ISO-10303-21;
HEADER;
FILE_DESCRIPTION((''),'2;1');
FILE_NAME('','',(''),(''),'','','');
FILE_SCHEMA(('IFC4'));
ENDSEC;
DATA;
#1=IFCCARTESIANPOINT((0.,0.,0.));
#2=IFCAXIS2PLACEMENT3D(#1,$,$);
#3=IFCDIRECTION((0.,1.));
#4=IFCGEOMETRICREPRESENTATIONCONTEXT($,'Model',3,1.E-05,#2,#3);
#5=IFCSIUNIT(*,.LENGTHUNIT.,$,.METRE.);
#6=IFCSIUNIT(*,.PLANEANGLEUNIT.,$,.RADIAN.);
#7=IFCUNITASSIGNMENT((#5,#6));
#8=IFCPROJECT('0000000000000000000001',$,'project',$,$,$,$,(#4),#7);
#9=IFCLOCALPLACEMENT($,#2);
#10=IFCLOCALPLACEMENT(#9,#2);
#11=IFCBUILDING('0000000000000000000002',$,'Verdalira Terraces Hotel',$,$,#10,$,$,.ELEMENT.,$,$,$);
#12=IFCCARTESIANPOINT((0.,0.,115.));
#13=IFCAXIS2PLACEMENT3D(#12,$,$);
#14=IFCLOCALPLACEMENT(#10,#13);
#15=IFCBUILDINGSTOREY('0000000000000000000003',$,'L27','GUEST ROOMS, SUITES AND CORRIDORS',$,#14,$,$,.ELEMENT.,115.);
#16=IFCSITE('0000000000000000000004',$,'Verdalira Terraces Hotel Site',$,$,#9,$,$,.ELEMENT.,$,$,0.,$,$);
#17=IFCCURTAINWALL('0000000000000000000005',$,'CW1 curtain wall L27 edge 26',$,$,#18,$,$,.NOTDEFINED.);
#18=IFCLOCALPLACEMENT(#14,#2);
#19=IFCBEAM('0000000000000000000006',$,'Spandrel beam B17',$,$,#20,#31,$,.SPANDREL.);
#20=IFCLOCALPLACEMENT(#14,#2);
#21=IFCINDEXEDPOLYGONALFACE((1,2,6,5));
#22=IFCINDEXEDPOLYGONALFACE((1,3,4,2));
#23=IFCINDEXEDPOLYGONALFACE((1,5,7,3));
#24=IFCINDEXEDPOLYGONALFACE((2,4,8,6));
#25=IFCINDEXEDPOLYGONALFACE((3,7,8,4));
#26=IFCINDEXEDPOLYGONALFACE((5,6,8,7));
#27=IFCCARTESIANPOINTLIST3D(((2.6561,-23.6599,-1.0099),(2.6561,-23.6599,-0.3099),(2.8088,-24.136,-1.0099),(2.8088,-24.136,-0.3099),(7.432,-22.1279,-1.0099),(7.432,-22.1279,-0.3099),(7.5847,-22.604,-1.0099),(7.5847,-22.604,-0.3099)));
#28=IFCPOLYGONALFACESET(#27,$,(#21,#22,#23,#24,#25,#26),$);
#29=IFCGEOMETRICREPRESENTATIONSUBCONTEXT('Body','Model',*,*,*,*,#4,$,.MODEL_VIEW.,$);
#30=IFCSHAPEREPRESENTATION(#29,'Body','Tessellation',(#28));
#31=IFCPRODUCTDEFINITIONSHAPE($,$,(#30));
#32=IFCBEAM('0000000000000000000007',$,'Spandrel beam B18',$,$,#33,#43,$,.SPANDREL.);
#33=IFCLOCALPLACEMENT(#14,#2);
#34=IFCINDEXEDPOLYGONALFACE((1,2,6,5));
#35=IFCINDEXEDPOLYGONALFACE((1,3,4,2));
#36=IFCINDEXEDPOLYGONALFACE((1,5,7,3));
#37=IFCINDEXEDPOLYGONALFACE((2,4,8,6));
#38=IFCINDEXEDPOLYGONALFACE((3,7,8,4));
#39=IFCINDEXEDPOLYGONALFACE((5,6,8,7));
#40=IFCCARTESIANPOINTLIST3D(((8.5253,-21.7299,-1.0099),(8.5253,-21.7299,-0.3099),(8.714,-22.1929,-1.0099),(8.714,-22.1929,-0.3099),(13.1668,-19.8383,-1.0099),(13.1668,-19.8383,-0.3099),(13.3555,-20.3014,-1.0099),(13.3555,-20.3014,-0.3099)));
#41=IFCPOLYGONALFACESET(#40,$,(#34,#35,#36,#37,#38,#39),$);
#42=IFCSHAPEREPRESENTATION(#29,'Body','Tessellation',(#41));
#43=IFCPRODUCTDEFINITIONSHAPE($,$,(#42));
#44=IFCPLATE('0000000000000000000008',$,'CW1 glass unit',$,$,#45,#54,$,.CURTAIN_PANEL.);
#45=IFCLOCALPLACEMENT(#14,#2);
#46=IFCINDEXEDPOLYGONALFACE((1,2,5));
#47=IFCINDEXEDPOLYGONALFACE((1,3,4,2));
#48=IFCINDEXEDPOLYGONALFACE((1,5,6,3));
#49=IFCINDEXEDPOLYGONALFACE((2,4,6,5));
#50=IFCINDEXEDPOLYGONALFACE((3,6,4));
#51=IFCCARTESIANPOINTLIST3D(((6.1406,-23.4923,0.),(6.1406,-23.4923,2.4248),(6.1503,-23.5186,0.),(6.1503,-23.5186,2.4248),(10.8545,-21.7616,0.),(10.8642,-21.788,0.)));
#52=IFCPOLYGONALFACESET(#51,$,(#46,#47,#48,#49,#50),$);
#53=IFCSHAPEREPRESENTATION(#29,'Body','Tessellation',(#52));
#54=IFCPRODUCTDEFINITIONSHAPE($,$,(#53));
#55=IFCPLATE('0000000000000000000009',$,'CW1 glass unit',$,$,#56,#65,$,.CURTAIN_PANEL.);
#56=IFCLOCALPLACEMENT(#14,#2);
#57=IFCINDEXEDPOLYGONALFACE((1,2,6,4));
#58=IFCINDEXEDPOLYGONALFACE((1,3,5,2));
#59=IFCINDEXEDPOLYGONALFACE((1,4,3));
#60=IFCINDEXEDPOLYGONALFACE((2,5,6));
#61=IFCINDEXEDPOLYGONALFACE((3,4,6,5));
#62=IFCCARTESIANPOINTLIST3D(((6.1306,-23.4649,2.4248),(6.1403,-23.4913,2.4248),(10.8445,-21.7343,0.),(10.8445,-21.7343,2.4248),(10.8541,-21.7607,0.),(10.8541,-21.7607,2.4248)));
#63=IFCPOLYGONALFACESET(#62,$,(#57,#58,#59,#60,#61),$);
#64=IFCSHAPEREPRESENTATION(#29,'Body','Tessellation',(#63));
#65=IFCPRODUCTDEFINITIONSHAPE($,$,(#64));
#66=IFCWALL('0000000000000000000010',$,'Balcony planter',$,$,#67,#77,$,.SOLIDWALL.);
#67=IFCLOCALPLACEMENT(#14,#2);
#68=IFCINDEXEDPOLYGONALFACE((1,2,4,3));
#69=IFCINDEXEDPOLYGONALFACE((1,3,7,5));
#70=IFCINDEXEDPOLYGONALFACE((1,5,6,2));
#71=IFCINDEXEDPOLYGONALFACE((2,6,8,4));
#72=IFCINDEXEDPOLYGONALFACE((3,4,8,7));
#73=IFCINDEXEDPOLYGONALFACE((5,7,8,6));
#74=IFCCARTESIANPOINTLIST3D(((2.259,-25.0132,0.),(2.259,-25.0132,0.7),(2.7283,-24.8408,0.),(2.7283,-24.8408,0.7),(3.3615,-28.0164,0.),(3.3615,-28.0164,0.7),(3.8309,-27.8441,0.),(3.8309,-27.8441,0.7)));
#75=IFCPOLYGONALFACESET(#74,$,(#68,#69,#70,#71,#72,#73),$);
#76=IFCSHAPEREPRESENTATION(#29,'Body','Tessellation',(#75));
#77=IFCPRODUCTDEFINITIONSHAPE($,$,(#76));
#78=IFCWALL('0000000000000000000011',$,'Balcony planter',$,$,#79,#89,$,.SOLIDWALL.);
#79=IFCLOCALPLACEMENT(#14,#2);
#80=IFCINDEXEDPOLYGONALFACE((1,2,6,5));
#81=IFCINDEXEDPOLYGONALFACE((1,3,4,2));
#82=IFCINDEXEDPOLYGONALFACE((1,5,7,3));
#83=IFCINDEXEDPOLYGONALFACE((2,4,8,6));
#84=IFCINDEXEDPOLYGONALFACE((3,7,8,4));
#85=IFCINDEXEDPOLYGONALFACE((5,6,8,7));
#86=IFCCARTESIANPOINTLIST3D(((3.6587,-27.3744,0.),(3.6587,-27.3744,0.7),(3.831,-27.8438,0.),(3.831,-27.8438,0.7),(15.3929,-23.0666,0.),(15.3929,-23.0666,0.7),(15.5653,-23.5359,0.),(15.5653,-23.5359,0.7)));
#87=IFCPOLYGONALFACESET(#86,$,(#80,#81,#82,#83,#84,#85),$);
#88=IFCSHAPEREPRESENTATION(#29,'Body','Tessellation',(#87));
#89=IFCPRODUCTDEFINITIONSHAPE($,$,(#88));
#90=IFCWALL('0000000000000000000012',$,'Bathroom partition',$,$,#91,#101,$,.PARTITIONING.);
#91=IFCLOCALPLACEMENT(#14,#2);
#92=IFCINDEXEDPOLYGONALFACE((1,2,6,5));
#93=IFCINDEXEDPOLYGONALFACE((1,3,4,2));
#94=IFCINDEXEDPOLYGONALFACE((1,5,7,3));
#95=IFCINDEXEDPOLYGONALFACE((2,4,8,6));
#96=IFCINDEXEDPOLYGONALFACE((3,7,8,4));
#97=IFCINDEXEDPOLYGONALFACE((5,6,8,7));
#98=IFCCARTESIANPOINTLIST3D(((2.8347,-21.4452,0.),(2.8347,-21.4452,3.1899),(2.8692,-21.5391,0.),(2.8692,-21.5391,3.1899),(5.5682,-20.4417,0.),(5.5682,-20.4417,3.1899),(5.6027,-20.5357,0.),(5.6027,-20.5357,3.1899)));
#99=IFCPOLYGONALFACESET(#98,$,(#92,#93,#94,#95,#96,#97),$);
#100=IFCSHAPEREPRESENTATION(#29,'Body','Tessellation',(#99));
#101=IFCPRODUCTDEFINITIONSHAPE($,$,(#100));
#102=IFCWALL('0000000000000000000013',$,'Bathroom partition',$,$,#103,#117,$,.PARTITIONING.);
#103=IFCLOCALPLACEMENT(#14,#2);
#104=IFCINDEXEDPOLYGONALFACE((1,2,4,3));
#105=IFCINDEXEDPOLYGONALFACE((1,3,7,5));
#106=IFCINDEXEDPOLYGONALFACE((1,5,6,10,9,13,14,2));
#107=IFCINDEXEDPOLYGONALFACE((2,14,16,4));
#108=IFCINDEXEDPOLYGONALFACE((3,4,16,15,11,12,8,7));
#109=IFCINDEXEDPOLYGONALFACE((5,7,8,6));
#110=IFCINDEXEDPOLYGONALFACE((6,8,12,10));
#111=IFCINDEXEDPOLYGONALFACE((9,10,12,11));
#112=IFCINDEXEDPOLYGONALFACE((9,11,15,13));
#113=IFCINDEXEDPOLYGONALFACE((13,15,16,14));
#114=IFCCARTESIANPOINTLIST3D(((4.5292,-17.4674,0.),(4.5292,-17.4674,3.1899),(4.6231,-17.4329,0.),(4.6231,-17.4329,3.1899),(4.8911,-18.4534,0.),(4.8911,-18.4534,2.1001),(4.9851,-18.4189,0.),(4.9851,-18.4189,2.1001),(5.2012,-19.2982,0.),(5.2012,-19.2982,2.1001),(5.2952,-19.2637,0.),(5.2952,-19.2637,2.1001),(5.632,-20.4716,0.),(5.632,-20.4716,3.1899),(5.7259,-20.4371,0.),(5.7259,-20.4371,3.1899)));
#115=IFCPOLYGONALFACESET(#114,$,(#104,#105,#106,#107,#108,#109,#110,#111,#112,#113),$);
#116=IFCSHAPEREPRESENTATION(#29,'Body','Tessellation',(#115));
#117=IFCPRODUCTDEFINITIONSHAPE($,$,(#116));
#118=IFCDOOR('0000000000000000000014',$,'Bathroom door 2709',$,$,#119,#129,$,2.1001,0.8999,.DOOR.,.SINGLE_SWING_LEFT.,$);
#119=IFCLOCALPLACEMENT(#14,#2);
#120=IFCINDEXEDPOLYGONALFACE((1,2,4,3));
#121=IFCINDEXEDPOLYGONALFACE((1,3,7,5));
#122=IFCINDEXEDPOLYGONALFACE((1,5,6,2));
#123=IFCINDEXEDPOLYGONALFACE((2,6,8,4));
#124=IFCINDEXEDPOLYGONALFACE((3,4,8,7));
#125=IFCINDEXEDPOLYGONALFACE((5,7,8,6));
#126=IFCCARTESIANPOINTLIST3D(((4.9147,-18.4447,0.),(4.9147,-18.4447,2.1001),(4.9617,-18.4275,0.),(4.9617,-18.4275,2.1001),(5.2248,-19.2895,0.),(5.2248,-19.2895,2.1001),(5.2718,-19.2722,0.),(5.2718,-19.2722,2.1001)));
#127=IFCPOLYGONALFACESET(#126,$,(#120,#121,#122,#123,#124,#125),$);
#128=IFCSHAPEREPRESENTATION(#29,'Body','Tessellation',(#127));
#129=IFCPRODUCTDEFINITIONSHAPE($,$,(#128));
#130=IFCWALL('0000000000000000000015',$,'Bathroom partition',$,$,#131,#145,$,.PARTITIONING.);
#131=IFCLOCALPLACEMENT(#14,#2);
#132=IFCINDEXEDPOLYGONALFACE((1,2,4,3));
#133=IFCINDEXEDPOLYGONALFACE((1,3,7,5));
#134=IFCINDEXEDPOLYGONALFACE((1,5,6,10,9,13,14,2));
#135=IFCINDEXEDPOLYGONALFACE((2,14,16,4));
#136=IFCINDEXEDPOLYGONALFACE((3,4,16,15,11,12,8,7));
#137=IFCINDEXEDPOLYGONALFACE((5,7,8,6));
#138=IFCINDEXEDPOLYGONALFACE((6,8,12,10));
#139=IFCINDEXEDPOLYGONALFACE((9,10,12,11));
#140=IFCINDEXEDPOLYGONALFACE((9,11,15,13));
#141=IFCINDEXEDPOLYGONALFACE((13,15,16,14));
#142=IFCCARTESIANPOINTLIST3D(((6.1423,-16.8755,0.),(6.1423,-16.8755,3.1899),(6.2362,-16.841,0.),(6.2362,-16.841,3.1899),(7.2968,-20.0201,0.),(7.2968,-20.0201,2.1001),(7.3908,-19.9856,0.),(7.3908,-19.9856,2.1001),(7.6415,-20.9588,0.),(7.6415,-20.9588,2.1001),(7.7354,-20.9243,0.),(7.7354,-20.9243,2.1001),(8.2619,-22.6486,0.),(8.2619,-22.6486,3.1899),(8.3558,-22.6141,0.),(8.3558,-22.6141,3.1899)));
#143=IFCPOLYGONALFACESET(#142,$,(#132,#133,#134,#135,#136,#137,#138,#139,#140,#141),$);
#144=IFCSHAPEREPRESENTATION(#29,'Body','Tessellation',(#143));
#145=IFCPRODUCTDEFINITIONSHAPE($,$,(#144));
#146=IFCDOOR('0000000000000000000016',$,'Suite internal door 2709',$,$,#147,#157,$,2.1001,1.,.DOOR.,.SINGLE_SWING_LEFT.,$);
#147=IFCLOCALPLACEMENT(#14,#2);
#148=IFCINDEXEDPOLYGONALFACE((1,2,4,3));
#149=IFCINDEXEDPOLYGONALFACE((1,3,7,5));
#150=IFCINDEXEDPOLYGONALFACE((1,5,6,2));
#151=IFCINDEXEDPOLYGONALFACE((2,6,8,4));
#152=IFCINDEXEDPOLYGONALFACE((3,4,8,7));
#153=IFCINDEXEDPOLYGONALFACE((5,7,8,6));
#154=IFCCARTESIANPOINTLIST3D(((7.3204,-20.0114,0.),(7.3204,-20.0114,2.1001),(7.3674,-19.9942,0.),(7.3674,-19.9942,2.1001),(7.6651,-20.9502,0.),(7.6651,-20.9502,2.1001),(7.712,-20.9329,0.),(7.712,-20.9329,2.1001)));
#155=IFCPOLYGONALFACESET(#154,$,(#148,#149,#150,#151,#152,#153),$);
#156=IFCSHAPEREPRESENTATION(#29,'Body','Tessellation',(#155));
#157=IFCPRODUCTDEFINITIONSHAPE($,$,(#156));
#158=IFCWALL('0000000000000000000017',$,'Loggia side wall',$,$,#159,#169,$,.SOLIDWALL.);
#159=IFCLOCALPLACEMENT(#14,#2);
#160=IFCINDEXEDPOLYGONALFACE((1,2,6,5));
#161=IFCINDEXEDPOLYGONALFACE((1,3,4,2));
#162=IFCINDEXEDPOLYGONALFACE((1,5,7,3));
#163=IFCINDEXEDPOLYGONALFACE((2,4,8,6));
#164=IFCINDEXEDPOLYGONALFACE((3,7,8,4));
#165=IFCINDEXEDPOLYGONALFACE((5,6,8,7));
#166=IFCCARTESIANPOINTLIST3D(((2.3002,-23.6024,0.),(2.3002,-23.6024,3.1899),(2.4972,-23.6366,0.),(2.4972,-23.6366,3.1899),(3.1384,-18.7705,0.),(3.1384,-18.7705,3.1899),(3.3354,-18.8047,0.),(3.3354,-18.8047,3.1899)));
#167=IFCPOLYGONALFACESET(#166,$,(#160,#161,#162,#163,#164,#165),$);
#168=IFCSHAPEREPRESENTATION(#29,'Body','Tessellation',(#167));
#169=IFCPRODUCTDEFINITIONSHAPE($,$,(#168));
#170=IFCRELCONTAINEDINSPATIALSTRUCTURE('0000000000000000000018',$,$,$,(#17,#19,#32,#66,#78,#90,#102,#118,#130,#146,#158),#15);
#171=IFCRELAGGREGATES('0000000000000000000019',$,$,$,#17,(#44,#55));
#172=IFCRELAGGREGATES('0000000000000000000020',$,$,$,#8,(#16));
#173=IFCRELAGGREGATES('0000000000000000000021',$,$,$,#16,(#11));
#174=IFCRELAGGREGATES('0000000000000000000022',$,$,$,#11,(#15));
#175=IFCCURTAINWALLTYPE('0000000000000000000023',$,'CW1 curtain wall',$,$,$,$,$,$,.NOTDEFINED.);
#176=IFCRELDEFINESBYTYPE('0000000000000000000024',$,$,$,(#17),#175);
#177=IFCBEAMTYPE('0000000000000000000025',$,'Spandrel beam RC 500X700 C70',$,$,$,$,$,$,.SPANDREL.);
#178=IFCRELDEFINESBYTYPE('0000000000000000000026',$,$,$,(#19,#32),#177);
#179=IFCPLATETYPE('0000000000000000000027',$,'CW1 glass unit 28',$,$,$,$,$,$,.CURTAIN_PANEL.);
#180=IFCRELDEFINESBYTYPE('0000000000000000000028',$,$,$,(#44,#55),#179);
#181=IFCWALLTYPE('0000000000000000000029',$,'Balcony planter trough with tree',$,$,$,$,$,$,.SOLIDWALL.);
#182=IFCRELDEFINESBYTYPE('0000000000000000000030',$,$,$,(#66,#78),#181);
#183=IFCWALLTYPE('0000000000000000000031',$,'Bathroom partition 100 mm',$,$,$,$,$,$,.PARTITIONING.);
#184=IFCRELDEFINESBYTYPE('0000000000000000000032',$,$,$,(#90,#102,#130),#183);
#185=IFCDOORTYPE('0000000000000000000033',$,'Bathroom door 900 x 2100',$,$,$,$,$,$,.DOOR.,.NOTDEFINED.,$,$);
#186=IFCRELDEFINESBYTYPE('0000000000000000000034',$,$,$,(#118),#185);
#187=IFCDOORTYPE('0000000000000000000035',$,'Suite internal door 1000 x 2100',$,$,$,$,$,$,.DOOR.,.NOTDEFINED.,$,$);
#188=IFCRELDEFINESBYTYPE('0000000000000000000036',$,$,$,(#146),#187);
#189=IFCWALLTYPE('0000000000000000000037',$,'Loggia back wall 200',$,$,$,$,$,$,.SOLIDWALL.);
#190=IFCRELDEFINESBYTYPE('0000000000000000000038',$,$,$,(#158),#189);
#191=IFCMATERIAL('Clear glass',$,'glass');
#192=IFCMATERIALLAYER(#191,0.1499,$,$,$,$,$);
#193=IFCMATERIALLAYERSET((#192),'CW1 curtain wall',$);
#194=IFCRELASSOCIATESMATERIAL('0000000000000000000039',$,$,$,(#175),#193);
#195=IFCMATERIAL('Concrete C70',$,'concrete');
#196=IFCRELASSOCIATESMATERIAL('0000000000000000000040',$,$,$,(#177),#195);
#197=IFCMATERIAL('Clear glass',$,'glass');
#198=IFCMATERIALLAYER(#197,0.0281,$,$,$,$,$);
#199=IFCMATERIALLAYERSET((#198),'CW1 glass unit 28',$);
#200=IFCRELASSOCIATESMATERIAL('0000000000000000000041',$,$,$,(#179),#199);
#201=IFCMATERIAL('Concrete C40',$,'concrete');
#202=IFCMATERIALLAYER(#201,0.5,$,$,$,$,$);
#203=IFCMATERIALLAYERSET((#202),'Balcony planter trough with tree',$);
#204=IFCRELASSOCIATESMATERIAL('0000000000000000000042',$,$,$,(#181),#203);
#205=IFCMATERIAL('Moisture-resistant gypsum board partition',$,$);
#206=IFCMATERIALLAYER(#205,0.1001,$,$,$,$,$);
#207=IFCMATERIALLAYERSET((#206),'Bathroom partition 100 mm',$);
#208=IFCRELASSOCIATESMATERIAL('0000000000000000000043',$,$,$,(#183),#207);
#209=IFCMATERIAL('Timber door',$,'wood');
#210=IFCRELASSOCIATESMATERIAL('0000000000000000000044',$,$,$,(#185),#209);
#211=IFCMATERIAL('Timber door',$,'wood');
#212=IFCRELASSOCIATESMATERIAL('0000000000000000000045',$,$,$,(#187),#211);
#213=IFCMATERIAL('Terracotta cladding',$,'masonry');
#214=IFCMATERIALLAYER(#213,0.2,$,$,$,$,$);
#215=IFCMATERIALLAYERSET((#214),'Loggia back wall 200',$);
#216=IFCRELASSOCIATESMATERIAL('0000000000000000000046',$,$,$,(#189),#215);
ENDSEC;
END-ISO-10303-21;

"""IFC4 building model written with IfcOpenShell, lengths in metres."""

from ifc_helpers import new_model, si_unit, direction, frame, frame_2d, origin, origin_2d, place, context, subcontext, project, spatial, polyline, rectangle, outline, extrude, material, layer, layer_set, material_profile, profile_set, type_object, element, fill, aggregate, save


model = new_model("IFC4")

# Units and contexts
model_context = context("Model", 3, precision=1e-05, world=origin(), true_north=direction((0.0, 1.0)))
body_context = subcontext(model_context, "Body", "Model", "MODEL_VIEW")
ifc_project = project(units=[si_unit("LENGTHUNIT", "METRE"), si_unit("PLANEANGLEUNIT", "RADIAN")], contexts=[model_context])

# Site, building, storey
site_placement = place(None, origin())
site = spatial("IfcSite", under=ifc_project, at=site_placement, Name="Verdalira Terraces Hotel Site", CompositionType="ELEMENT", RefElevation=0.0)
building_placement = place(site_placement, origin())
building = spatial("IfcBuilding", under=site, at=building_placement, Name="Verdalira Terraces Hotel", CompositionType="ELEMENT")
storey_placement = place(building_placement, frame((0.0, 0.0, 115.0)))
storey = spatial("IfcBuildingStorey", under=building, at=storey_placement, Name="L27", Description="GUEST ROOMS, SUITES AND CORRIDORS", CompositionType="ELEMENT", Elevation=115.0)

# Curtain wall
ifc_material_1 = material(Name="Clear glass", Category="glass")
ifc_layer_1 = layer(ifc_material_1, 0.1499)
ifc_layer_set_1 = layer_set([ifc_layer_1], Name="CW1 curtain wall")
curtain_wall_type = type_object("IfcCurtainWallType", Name="CW1 curtain wall", PredefinedType="NOTDEFINED", material=ifc_layer_set_1)
curtain_wall_1_placement = place(storey_placement, origin())
curtain_wall_1 = element("IfcCurtainWall", 1, at=curtain_wall_1_placement, inside=storey, type_object=curtain_wall_type, Name="CW1 curtain wall L27 edge 26", PredefinedType="NOTDEFINED")

# Beams
ifc_material_2 = material(Name="Concrete C70", Category="concrete")
ifc_material_profile_1 = material_profile(ifc_material_2, rectangle(XDim=0.5, YDim=0.7, at=origin_2d()), Name="RC 500X700")
ifc_profile_set_1 = profile_set([ifc_material_profile_1], Name="Concrete C70")
beam_type_1 = type_object("IfcBeamType", Name="Spandrel beam RC 500X700 C70", PredefinedType="SPANDREL", material=ifc_profile_set_1)
beam_1_placement = place(storey_placement, frame((2.7324, -23.8979, -0.6599), z_axis=(0.95221, 0.305445, 0.0), x_axis=(-0.305445, 0.95221, 0.0)))
element("IfcBeam", 2, at=beam_1_placement, inside=storey, type_object=beam_type_1, Name="Spandrel beam B17", PredefinedType="SPANDREL", context=body_context, shape_type="SweptSolid", body=[
    extrude(rectangle(XDim=0.5, YDim=0.7, at=origin_2d()), origin(), (0.0, 0.0, 1.0), 5.0156),
])
beam_2_placement = place(storey_placement, frame((8.6196, -21.9614, -0.6599), z_axis=(0.926052, 0.377396, 0.0), x_axis=(-0.377396, 0.926052, 0.0)))
element("IfcBeam", 3, at=beam_2_placement, inside=storey, type_object=beam_type_1, Name="Spandrel beam B18", PredefinedType="SPANDREL", context=body_context, shape_type="SweptSolid", body=[
    extrude(rectangle(XDim=0.5, YDim=0.7, at=origin_2d()), origin(), (0.0, 0.0, 1.0), 5.0122),
])

# Plates
ifc_material_3 = material(Name="Clear glass", Category="glass")
ifc_layer_2 = layer(ifc_material_3, 0.0281)
ifc_layer_set_2 = layer_set([ifc_layer_2], Name="CW1 glass unit 28")
plate_type = type_object("IfcPlateType", Name="CW1 glass unit 28", PredefinedType="CURTAIN_PANEL", material=ifc_layer_set_2)
plate_1_placement = place(storey_placement, frame((8.4976, -22.627, 1.2124), z_axis=(0.344643, -0.938734, 0.0), x_axis=(0.938734, 0.344643, 0.0)))
plate_1 = element("IfcPlate", 4, at=plate_1_placement, type_object=plate_type, Name="CW1 glass unit", PredefinedType="CURTAIN_PANEL", context=body_context, shape_type="SweptSolid", body=[
    extrude(outline(polyline([(-2.5107, -1.2124), (2.5107, -1.2124), (-2.5107, 1.2124), (-2.5107, -1.2124)])), origin(), (0.0, 0.0, 1.0), 0.0281),
])
plate_2_placement = place(storey_placement, frame((8.4875, -22.5996, 1.2124), z_axis=(0.344643, -0.938734, 0.0), x_axis=(0.938734, 0.344643, 0.0)))
plate_2 = element("IfcPlate", 5, at=plate_2_placement, type_object=plate_type, Name="CW1 glass unit", PredefinedType="CURTAIN_PANEL", context=body_context, shape_type="SweptSolid", body=[
    extrude(outline(polyline([(2.5107, -1.2124), (2.5107, 1.2124), (-2.5107, 1.2124), (2.5107, -1.2124)])), origin(), (0.0, 0.0, 1.0), 0.0281),
])
aggregate(curtain_wall_1, [plate_1, plate_2])

# Walls
ifc_material_4 = material(Name="Concrete C40", Category="concrete")
ifc_layer_3 = layer(ifc_material_4, 0.5)
ifc_layer_set_3 = layer_set([ifc_layer_3], Name="Balcony planter trough with tree")
wall_type_1 = type_object("IfcWallType", Name="Balcony planter trough with tree", PredefinedType="SOLIDWALL", material=ifc_layer_set_3)
wall_1_placement = place(storey_placement, frame((2.4937, -24.927, 0.0), z_axis=(0.0, 0.0, 1.0), x_axis=(0.344634, -0.938737, 0.0)))
element("IfcWall", 6, at=wall_1_placement, inside=storey, type_object=wall_type_1, Name="Balcony planter", PredefinedType="SOLIDWALL", context=body_context, shape_type="SweptSolid", body=[
    extrude(rectangle(XDim=3.1992, YDim=0.5, at=frame_2d((1.5996, 0.0))), origin(), (0.0, 0.0, 1.0), 0.7),
])
wall_2_placement = place(storey_placement, frame((3.7449, -27.6091, 0.0), z_axis=(0.0, 0.0, 1.0), x_axis=(0.938738, 0.344632, 0.0)))
element("IfcWall", 7, at=wall_2_placement, inside=storey, type_object=wall_type_1, Name="Balcony planter", PredefinedType="SOLIDWALL", context=body_context, shape_type="SweptSolid", body=[
    extrude(rectangle(XDim=12.5, YDim=0.5, at=frame_2d((6.25, 0.0))), origin(), (0.0, 0.0, 1.0), 0.7),
])
ifc_material_5 = material(Name="Moisture-resistant gypsum board partition")
ifc_layer_4 = layer(ifc_material_5, 0.1001)
ifc_layer_set_4 = layer_set([ifc_layer_4], Name="Bathroom partition 100 mm")
wall_type_2 = type_object("IfcWallType", Name="Bathroom partition 100 mm", PredefinedType="PARTITIONING", material=ifc_layer_set_4)
wall_3_placement = place(storey_placement, frame((2.8518, -21.4922, 0.0), z_axis=(0.0, 0.0, 1.0), x_axis=(0.938746, 0.344609, 0.0)))
element("IfcWall", 8, at=wall_3_placement, inside=storey, type_object=wall_type_2, Name="Bathroom partition", PredefinedType="PARTITIONING", context=body_context, shape_type="SweptSolid", body=[
    extrude(rectangle(XDim=2.9119, YDim=0.1001, at=frame_2d((1.4561, 0.0))), origin(), (0.0, 0.0, 1.0), 3.1899),
])

# Walls, openings, doors
wall_4_placement = place(storey_placement, frame((5.679, -20.4543, 0.0), z_axis=(0.0, 0.0, 1.0), x_axis=(-0.344602, 0.938749, 0.0)))
wall_4 = element("IfcWall", 9, at=wall_4_placement, inside=storey, type_object=wall_type_2, Name="Bathroom partition", PredefinedType="PARTITIONING", context=body_context, shape_type="SweptSolid", body=[
    extrude(rectangle(XDim=3.2002, YDim=0.1001, at=frame_2d((1.6001, 0.0))), origin(), (0.0, 0.0, 1.0), 3.1899),
])
opening_1_placement = place(wall_4_placement, frame((1.25, 0.0, 0.0)))
opening_1 = element("IfcOpeningElement", 10, at=opening_1_placement, cuts=wall_4, PredefinedType="OPENING", context=body_context, shape_type="SweptSolid", body=[
    extrude(rectangle(XDim=0.8999, YDim=2.1001, at=frame_2d((0.45, 1.05))), frame((0.0, 0.0601, 0.0), z_axis=(0.0, -1.0, 0.0), x_axis=(1.0, 0.0, 0.0)), (0.0, 0.0, 1.0), 0.1201),
])
ifc_material_6 = material(Name="Timber door", Category="wood")
door_type_1 = type_object("IfcDoorType", Name="Bathroom door 900 x 2100", OperationType="NOTDEFINED", PredefinedType="DOOR", material=ifc_material_6)
door_1_placement = place(opening_1_placement, origin())
door_1 = element("IfcDoor", 11, at=door_1_placement, inside=storey, type_object=door_type_1, Name="Bathroom door 2709", OperationType="SINGLE_SWING_LEFT", OverallHeight=2.1001, OverallWidth=0.8999, PredefinedType="DOOR", context=body_context, shape_type="SweptSolid", body=[
    extrude(rectangle(XDim=0.8999, YDim=2.1001, at=frame_2d((0.45, 1.05))), frame((0.0, 0.0249, 0.0), z_axis=(0.0, -1.0, 0.0), x_axis=(1.0, 0.0, 0.0)), (0.0, 0.0, 1.0), 0.05),
])
fill(opening_1, door_1)
wall_5_placement = place(storey_placement, frame((8.3088, -22.6313, 0.0), z_axis=(0.0, 0.0, 1.0), x_axis=(-0.344655, 0.93873, 0.0)))
wall_5 = element("IfcWall", 12, at=wall_5_placement, inside=storey, type_object=wall_type_2, Name="Bathroom partition", PredefinedType="PARTITIONING", context=body_context, shape_type="SweptSolid", body=[
    extrude(rectangle(XDim=6.1499, YDim=0.1001, at=frame_2d((3.075, 0.0))), origin(), (0.0, 0.0, 1.0), 3.1899),
])
opening_2_placement = place(wall_5_placement, frame((1.8, 0.0, 0.0)))
opening_2 = element("IfcOpeningElement", 13, at=opening_2_placement, cuts=wall_5, PredefinedType="OPENING", context=body_context, shape_type="SweptSolid", body=[
    extrude(rectangle(XDim=1.0, YDim=2.1001, at=frame_2d((0.5, 1.05))), frame((0.0, 0.0601, 0.0), z_axis=(0.0, -1.0, 0.0), x_axis=(1.0, 0.0, 0.0)), (0.0, 0.0, 1.0), 0.1201),
])
ifc_material_7 = material(Name="Timber door", Category="wood")
door_type_2 = type_object("IfcDoorType", Name="Suite internal door 1000 x 2100", OperationType="NOTDEFINED", PredefinedType="DOOR", material=ifc_material_7)
door_2_placement = place(opening_2_placement, origin())
door_2 = element("IfcDoor", 14, at=door_2_placement, inside=storey, type_object=door_type_2, Name="Suite internal door 2709", OperationType="SINGLE_SWING_LEFT", OverallHeight=2.1001, OverallWidth=1.0, PredefinedType="DOOR", context=body_context, shape_type="SweptSolid", body=[
    extrude(rectangle(XDim=1.0, YDim=2.1001, at=frame_2d((0.5, 1.05))), frame((0.0, 0.0249, 0.0), z_axis=(0.0, -1.0, 0.0), x_axis=(1.0, 0.0, 0.0)), (0.0, 0.0, 1.0), 0.05),
])
fill(opening_2, door_2)

# Wall
ifc_material_8 = material(Name="Terracotta cladding", Category="masonry")
ifc_layer_5 = layer(ifc_material_8, 0.2)
ifc_layer_set_5 = layer_set([ifc_layer_5], Name="Loggia back wall 200")
wall_type_3 = type_object("IfcWallType", Name="Loggia back wall 200", PredefinedType="SOLIDWALL", material=ifc_layer_set_5)
wall_6_placement = place(storey_placement, frame((2.3987, -23.6196, 0.0), z_axis=(0.0, 0.0, 1.0), x_axis=(0.17091, 0.985287, 0.0)))
element("IfcWall", 15, at=wall_6_placement, inside=storey, type_object=wall_type_3, Name="Loggia side wall", PredefinedType="SOLIDWALL", context=body_context, shape_type="SweptSolid", body=[
    extrude(rectangle(XDim=4.9041, YDim=0.2, at=frame_2d((2.4521, 0.0))), origin(), (0.0, 0.0, 1.0), 3.1899),
])

save(model, "model.ifc")
